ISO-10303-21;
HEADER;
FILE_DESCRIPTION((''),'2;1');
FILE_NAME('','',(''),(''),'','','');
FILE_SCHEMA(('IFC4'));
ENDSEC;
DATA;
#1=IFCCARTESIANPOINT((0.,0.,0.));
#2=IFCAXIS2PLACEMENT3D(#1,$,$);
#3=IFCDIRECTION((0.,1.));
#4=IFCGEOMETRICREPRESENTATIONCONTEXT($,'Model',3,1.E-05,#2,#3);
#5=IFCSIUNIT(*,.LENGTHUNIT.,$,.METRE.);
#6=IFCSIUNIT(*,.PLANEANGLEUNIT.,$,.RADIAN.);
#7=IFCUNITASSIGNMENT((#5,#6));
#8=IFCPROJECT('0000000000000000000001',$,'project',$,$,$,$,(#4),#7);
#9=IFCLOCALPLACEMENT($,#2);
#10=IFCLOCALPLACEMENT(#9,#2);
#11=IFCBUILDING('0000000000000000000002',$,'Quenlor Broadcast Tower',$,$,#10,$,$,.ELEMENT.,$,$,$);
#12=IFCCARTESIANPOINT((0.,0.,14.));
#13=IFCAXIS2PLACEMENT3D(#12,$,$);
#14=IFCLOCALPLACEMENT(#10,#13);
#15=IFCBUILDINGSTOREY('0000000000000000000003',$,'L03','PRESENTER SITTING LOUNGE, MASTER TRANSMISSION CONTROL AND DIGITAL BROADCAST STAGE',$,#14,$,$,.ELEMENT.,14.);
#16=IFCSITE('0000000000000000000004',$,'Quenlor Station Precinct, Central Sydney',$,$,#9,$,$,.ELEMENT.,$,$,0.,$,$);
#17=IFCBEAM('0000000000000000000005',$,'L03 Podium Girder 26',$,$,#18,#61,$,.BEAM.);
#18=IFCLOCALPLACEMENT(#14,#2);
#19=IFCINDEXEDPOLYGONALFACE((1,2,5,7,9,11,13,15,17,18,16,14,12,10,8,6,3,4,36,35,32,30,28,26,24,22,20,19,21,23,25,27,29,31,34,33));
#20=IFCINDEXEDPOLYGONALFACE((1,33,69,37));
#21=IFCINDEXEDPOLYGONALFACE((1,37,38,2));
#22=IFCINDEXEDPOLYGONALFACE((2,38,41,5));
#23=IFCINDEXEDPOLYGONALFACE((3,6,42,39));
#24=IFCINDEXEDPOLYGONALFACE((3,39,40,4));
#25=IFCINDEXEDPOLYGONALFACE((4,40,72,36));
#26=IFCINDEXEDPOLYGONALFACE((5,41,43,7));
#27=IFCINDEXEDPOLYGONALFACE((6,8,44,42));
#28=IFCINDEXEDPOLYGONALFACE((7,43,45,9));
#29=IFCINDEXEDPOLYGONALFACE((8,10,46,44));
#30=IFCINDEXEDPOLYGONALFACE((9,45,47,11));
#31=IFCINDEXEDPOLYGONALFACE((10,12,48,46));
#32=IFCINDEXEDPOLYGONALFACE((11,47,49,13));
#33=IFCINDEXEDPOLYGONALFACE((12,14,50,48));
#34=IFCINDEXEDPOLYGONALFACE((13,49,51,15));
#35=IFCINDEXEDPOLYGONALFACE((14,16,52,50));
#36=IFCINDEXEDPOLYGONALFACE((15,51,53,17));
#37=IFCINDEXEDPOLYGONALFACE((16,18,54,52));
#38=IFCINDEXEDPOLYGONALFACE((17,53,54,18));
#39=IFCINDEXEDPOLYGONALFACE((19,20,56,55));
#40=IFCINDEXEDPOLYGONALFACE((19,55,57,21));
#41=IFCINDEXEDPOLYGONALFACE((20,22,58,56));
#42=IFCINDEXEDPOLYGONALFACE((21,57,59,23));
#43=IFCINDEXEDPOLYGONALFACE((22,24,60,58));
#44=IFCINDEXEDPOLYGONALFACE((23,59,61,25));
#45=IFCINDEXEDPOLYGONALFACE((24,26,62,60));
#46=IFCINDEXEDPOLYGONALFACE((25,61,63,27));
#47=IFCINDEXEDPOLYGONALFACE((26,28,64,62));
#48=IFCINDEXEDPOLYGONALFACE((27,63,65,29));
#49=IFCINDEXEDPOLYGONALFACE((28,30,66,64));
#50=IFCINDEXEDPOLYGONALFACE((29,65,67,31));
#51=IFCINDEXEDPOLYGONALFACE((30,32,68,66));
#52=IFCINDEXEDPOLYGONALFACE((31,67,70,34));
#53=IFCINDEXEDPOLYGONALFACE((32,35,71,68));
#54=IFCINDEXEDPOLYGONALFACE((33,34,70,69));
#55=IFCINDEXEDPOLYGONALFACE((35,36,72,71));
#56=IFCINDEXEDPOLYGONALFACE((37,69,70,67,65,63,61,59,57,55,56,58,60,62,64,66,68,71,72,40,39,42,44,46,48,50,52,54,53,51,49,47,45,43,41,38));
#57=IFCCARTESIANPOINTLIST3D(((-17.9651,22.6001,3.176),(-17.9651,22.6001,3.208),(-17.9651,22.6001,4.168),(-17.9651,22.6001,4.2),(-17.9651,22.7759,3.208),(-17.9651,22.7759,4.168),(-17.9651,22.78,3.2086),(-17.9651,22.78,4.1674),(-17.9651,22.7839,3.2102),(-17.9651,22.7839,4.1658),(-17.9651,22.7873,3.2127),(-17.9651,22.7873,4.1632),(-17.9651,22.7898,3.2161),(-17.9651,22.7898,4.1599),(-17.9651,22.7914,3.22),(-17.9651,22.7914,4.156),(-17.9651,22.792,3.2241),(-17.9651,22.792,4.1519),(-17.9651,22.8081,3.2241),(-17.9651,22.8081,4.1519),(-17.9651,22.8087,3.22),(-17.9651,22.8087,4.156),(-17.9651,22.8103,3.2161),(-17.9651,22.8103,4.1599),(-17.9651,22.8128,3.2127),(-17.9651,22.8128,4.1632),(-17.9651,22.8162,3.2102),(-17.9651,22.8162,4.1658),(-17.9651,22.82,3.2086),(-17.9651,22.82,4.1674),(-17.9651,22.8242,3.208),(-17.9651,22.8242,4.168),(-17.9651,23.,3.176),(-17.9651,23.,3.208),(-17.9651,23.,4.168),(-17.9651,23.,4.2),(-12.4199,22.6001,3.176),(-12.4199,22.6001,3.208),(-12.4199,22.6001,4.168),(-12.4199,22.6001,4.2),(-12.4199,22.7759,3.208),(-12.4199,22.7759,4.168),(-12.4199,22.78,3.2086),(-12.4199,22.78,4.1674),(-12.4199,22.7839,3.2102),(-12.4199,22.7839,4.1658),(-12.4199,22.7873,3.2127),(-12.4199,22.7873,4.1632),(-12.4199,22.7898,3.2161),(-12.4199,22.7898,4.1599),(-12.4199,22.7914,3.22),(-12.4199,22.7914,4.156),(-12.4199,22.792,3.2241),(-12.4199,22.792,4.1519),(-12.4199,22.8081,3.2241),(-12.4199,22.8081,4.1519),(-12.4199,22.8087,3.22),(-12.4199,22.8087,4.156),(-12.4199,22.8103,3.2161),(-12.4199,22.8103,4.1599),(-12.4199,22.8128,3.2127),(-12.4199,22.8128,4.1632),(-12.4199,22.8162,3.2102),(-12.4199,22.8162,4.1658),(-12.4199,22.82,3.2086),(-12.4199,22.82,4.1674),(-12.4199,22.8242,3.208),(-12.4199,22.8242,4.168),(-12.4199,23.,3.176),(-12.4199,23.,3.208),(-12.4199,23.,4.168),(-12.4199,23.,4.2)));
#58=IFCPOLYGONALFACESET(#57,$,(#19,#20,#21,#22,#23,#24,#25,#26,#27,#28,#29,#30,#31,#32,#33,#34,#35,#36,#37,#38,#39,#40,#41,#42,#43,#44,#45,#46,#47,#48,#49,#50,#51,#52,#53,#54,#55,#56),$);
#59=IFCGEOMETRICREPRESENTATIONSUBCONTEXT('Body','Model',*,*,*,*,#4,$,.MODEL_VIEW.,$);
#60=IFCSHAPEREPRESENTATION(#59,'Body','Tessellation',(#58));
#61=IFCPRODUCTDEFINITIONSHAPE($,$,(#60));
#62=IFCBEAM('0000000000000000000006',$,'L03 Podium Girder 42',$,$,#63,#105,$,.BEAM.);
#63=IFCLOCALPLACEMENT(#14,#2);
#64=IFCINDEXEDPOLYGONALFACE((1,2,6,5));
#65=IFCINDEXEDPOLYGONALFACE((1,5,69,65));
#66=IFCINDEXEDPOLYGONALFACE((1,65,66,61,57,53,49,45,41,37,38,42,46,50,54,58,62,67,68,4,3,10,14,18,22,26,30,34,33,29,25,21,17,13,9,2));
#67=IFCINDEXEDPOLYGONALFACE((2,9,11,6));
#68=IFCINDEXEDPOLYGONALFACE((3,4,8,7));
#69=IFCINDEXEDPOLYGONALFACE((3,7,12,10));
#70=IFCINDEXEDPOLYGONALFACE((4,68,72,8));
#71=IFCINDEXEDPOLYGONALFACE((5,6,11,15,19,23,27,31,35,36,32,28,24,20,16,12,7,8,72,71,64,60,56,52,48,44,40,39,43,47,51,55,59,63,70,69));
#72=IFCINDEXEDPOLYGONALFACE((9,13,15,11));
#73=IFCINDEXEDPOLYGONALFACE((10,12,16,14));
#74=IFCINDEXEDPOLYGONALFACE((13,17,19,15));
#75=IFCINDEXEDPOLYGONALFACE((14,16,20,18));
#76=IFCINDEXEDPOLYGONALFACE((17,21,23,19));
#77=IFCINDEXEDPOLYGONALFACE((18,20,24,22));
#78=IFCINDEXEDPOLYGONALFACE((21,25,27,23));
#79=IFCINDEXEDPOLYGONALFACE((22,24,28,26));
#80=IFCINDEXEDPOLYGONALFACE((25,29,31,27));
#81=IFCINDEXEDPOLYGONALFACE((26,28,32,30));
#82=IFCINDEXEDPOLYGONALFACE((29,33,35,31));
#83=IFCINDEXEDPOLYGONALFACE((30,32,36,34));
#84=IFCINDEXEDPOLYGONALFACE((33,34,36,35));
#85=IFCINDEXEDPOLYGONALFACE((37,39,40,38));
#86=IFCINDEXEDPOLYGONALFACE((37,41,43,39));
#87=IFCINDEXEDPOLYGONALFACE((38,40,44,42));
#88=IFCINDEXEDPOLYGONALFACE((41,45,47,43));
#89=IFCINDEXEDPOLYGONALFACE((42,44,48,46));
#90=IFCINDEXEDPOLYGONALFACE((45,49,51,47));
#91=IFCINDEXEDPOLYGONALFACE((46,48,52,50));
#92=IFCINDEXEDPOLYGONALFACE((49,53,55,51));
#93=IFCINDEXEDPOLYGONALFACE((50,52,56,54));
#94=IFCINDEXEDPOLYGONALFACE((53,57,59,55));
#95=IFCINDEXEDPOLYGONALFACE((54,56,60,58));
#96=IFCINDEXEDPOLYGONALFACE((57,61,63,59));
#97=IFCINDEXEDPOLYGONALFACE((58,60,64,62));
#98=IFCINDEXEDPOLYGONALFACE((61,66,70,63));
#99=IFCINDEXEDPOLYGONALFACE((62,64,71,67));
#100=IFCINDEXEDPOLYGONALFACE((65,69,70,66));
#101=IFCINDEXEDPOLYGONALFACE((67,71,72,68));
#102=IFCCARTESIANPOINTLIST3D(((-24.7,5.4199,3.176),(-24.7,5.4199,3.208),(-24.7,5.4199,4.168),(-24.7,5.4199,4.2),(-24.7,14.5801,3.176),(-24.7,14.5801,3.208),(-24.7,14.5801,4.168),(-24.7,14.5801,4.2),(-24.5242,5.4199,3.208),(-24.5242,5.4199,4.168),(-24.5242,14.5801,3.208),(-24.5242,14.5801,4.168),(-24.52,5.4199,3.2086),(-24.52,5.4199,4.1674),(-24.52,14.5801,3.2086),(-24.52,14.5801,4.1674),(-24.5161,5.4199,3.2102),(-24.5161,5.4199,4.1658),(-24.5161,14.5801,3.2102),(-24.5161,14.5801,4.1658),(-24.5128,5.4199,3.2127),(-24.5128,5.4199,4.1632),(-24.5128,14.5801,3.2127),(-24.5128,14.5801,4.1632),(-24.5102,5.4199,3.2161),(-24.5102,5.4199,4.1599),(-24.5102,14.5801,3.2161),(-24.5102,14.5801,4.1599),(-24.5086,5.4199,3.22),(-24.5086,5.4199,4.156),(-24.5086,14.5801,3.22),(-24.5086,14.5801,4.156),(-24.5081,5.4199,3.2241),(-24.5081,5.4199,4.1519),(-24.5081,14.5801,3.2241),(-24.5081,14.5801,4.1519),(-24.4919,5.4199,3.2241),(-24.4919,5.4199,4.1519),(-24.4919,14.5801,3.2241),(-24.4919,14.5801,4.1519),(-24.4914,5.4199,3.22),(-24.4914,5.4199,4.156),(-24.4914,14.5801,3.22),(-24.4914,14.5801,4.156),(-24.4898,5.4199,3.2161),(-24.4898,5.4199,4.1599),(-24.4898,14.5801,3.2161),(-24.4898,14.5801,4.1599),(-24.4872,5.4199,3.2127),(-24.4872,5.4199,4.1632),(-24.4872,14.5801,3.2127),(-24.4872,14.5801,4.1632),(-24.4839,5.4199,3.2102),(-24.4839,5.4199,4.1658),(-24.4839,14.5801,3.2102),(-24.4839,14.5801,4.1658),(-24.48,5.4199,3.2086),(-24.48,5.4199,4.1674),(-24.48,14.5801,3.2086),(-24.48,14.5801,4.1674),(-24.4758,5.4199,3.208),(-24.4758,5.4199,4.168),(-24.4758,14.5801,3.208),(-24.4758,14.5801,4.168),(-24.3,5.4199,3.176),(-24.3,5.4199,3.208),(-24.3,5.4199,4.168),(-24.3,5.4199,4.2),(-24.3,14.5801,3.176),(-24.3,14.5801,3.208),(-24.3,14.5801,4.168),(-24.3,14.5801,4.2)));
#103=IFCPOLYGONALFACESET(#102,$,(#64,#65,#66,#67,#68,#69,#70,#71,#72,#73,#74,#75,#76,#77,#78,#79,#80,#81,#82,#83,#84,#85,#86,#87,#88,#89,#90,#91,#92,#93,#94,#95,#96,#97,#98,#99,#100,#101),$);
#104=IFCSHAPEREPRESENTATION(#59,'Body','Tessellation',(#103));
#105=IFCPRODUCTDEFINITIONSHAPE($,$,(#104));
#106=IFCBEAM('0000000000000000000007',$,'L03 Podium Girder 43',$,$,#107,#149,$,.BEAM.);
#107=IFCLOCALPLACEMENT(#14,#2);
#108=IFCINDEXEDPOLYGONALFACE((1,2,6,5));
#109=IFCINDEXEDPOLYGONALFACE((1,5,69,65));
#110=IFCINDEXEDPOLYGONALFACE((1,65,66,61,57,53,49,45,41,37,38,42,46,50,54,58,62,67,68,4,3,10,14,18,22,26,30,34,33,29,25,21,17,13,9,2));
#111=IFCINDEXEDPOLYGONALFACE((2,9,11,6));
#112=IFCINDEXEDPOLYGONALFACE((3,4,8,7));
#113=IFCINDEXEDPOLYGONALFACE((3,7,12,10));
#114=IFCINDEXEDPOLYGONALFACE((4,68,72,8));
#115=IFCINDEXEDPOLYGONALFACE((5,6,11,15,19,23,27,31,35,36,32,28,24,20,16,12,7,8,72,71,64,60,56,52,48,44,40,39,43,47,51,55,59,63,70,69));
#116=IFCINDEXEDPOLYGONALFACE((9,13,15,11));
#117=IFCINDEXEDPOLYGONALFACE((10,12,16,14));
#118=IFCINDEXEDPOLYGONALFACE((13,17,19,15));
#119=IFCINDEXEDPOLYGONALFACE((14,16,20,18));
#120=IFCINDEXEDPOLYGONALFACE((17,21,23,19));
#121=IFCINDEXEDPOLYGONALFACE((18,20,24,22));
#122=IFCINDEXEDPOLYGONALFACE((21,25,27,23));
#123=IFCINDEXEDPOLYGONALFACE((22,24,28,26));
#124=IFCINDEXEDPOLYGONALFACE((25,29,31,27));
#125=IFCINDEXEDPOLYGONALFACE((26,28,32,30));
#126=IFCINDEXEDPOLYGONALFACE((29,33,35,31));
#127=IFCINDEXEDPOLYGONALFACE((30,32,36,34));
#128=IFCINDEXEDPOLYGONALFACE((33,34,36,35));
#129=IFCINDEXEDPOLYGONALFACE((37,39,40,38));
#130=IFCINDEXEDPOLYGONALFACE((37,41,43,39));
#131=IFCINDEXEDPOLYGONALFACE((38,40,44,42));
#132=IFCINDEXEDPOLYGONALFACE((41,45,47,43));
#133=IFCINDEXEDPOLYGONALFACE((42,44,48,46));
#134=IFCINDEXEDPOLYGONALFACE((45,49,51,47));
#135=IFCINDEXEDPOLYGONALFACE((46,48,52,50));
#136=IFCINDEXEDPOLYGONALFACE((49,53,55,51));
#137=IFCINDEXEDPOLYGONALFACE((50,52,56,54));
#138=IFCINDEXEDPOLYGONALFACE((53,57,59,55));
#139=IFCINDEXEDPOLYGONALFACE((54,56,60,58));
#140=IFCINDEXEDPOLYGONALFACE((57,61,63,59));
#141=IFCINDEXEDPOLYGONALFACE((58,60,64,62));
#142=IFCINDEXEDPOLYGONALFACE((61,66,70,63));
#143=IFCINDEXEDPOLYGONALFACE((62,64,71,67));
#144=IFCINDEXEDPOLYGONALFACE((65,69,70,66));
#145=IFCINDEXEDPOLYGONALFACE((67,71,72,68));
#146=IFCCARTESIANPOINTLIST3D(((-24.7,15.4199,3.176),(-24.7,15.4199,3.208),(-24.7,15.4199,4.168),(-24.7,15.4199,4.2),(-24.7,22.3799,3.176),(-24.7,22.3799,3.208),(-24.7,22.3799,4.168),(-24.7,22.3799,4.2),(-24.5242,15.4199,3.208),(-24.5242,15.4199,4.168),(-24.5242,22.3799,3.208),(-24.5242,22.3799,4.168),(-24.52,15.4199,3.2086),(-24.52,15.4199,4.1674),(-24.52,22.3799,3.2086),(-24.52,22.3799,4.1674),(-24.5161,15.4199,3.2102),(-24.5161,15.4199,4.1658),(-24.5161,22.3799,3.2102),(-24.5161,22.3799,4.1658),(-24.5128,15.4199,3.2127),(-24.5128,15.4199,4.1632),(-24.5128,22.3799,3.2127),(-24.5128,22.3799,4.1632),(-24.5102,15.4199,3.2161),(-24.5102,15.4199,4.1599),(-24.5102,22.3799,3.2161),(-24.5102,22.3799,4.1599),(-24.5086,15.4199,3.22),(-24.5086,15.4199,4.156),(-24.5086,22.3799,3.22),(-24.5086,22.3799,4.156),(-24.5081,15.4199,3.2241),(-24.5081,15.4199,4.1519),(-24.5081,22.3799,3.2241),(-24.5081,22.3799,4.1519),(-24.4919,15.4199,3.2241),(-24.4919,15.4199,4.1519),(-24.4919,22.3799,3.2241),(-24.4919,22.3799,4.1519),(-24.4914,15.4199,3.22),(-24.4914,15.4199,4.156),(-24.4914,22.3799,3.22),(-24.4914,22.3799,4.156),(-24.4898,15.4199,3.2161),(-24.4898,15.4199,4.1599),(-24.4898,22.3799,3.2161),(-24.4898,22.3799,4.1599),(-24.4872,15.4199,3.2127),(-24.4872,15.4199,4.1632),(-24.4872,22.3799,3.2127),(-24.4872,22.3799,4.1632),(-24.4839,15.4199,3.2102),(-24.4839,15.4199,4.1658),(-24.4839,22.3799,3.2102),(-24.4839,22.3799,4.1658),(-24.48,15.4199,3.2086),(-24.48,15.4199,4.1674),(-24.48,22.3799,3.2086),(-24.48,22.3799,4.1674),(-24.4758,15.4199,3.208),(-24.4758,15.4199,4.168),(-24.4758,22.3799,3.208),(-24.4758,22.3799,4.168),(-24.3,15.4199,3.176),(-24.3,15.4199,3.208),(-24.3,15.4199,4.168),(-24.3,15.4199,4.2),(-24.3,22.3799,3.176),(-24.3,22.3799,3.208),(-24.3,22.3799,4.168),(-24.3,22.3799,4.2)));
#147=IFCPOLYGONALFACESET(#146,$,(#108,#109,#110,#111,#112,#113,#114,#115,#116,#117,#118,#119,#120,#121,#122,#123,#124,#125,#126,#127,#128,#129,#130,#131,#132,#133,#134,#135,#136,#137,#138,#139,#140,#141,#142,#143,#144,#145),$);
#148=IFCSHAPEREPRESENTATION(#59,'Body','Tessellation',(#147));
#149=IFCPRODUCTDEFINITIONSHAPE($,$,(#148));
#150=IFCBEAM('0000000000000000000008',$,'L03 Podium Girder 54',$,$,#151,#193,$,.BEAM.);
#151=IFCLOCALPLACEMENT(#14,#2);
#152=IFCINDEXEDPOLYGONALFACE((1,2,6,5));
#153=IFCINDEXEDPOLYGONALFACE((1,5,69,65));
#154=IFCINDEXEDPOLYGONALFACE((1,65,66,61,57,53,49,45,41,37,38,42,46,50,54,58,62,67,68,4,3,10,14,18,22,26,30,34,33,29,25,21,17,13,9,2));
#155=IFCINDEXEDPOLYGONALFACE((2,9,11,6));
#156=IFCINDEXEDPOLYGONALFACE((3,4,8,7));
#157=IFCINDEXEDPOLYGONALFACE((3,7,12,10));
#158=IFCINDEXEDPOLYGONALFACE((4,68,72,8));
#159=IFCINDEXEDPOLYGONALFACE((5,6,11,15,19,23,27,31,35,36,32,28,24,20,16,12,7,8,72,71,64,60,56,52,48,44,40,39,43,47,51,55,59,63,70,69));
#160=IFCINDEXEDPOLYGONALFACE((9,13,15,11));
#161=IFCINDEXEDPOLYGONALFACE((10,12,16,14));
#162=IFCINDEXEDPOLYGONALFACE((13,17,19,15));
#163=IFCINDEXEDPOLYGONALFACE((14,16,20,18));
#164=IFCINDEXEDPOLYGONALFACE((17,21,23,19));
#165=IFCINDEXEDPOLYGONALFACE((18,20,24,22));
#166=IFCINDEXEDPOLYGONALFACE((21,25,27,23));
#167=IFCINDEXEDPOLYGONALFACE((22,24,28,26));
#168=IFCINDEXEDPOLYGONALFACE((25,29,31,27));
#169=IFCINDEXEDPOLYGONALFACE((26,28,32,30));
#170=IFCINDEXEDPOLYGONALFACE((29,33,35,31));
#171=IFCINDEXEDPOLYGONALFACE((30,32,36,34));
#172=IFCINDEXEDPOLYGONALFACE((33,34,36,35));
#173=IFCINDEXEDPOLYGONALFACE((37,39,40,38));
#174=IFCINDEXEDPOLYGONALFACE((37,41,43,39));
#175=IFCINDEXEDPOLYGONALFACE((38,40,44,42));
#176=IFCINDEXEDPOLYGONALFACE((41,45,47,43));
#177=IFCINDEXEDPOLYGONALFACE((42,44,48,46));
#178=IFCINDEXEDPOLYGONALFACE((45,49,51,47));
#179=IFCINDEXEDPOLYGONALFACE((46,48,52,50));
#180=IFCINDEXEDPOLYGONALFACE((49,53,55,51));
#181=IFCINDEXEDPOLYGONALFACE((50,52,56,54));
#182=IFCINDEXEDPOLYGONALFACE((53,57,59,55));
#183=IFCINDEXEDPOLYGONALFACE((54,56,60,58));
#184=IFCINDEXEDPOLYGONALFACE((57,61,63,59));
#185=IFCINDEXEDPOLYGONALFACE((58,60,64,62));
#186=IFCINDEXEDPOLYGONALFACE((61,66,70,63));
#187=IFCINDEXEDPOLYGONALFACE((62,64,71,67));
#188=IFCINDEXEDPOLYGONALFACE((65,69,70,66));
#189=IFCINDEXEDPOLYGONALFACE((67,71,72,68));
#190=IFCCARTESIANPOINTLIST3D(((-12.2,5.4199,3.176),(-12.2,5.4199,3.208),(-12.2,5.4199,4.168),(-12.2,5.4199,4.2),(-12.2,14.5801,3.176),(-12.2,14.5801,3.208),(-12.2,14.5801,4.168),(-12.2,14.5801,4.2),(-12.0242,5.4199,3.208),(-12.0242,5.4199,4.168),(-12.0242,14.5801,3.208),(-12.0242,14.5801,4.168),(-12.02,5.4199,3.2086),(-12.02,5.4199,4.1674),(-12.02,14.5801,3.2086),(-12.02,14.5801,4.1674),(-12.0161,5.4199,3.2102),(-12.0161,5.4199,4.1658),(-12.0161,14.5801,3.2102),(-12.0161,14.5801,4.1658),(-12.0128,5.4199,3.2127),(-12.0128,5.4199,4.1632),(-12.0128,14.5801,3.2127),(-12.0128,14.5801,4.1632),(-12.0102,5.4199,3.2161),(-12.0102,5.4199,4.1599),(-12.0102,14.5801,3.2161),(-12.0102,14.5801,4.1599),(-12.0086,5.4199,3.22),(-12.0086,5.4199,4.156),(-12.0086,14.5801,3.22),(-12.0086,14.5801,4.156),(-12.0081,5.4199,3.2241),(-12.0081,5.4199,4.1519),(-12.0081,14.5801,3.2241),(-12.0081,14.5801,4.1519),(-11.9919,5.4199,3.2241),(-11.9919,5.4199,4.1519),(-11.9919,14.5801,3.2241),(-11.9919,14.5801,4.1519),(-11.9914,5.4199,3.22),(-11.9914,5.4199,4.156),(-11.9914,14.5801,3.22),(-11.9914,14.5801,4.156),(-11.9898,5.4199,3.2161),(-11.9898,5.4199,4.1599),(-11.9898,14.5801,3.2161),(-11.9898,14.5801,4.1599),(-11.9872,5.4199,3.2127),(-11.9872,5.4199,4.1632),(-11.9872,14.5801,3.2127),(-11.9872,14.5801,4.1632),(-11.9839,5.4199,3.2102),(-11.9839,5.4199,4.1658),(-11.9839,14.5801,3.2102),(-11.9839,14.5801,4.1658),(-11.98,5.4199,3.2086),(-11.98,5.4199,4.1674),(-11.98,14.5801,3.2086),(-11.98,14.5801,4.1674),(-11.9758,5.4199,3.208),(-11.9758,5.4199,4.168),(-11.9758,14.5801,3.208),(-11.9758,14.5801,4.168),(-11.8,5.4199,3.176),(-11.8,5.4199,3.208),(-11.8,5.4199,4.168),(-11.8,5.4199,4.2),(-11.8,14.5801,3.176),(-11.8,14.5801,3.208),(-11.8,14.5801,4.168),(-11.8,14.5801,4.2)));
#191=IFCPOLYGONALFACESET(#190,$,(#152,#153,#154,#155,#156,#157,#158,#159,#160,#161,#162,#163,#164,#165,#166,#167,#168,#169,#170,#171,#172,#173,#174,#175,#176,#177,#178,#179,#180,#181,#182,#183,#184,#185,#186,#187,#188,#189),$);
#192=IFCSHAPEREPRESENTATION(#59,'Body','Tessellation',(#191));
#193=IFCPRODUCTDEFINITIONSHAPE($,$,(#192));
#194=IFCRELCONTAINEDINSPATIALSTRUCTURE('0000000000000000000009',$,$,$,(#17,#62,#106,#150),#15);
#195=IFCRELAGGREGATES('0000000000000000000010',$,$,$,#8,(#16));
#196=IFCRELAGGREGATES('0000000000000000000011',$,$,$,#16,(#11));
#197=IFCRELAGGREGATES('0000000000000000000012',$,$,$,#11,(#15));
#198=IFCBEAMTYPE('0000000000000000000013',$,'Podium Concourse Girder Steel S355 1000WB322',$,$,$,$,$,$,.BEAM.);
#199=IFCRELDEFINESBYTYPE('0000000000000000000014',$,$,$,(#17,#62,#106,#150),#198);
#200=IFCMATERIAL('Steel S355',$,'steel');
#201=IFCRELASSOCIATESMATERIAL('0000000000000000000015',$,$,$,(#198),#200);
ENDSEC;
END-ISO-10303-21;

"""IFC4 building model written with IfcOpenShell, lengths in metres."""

from ifc_helpers import new_model, si_unit, direction, frame, origin, origin_2d, place, context, subcontext, project, spatial, i_section, extrude, material, material_profile, profile_set, type_object, element, save


model = new_model("IFC4")

# Units and contexts
model_context = context("Model", 3, precision=1e-05, world=origin(), true_north=direction((0.0, 1.0)))
body_context = subcontext(model_context, "Body", "Model", "MODEL_VIEW")
ifc_project = project(units=[si_unit("LENGTHUNIT", "METRE"), si_unit("PLANEANGLEUNIT", "RADIAN")], contexts=[model_context])

# Site, building, storey
site_placement = place(None, origin())
site = spatial("IfcSite", under=ifc_project, at=site_placement, Name="Quenlor Station Precinct, Central Sydney", CompositionType="ELEMENT", RefElevation=0.0)
building_placement = place(site_placement, origin())
building = spatial("IfcBuilding", under=site, at=building_placement, Name="Quenlor Broadcast Tower", CompositionType="ELEMENT")
storey_placement = place(building_placement, frame((0.0, 0.0, 14.0)))
storey = spatial("IfcBuildingStorey", under=building, at=storey_placement, Name="L03", Description="PRESENTER SITTING LOUNGE, MASTER TRANSMISSION CONTROL AND DIGITAL BROADCAST STAGE", CompositionType="ELEMENT", Elevation=14.0)

# Beams
ifc_material_1 = material(Name="Steel S355", Category="steel")
ifc_material_profile_1 = material_profile(ifc_material_1, i_section(OverallWidth=0.3999, OverallDepth=1.0239, WebThickness=0.0161, FlangeThickness=0.032, FilletRadius=0.0161, at=origin_2d()))
ifc_profile_set_1 = profile_set([ifc_material_profile_1], Name="Steel S355 1000WB322")
beam_type_1 = type_object("IfcBeamType", Name="Podium Concourse Girder Steel S355 1000WB322", PredefinedType="BEAM", material=ifc_profile_set_1)
for number, where, z_axis, x_axis, name in (
    (1, (-17.9651, 22.8, 3.688), (1.0, 0.0, 0.0), (0.0, 1.0, 0.0), "L03 Podium Girder 26"),
):
    element("IfcBeam", number, at=place(storey_placement, frame(where, z_axis=z_axis, x_axis=x_axis)), inside=storey, type_object=beam_type_1, Name=name, PredefinedType="BEAM", context=body_context, shape_type="SweptSolid", body=[
        extrude(i_section(OverallWidth=0.3999, OverallDepth=1.0239, WebThickness=0.0161, FlangeThickness=0.032, FilletRadius=0.0161, at=origin_2d()), origin(), (0.0, 0.0, 1.0), 5.5452),
    ])
beam_1_placement = place(storey_placement, frame((-24.5, 5.4199, 3.688), z_axis=(0.0, 1.0, 0.0), x_axis=(-1.0, 0.0, 0.0)))
element("IfcBeam", 2, at=beam_1_placement, inside=storey, type_object=beam_type_1, Name="L03 Podium Girder 42", PredefinedType="BEAM", context=body_context, shape_type="SweptSolid", body=[
    extrude(i_section(OverallWidth=0.3999, OverallDepth=1.0239, WebThickness=0.0161, FlangeThickness=0.032, FilletRadius=0.0161, at=origin_2d()), origin(), (0.0, 0.0, 1.0), 9.1602),
])
beam_2_placement = place(storey_placement, frame((-24.5, 15.4199, 3.688), z_axis=(0.0, 1.0, 0.0), x_axis=(-1.0, 0.0, 0.0)))
element("IfcBeam", 3, at=beam_2_placement, inside=storey, type_object=beam_type_1, Name="L03 Podium Girder 43", PredefinedType="BEAM", context=body_context, shape_type="SweptSolid", body=[
    extrude(i_section(OverallWidth=0.3999, OverallDepth=1.0239, WebThickness=0.0161, FlangeThickness=0.032, FilletRadius=0.0161, at=origin_2d()), origin(), (0.0, 0.0, 1.0), 6.96),
])
beam_3_placement = place(storey_placement, frame((-12.0, 5.4199, 3.688), z_axis=(0.0, 1.0, 0.0), x_axis=(-1.0, 0.0, 0.0)))
element("IfcBeam", 4, at=beam_3_placement, inside=storey, type_object=beam_type_1, Name="L03 Podium Girder 54", PredefinedType="BEAM", context=body_context, shape_type="SweptSolid", body=[
    extrude(i_section(OverallWidth=0.3999, OverallDepth=1.0239, WebThickness=0.0161, FlangeThickness=0.032, FilletRadius=0.0161, at=origin_2d()), origin(), (0.0, 0.0, 1.0), 9.1602),
])

save(model, "model.ifc")
